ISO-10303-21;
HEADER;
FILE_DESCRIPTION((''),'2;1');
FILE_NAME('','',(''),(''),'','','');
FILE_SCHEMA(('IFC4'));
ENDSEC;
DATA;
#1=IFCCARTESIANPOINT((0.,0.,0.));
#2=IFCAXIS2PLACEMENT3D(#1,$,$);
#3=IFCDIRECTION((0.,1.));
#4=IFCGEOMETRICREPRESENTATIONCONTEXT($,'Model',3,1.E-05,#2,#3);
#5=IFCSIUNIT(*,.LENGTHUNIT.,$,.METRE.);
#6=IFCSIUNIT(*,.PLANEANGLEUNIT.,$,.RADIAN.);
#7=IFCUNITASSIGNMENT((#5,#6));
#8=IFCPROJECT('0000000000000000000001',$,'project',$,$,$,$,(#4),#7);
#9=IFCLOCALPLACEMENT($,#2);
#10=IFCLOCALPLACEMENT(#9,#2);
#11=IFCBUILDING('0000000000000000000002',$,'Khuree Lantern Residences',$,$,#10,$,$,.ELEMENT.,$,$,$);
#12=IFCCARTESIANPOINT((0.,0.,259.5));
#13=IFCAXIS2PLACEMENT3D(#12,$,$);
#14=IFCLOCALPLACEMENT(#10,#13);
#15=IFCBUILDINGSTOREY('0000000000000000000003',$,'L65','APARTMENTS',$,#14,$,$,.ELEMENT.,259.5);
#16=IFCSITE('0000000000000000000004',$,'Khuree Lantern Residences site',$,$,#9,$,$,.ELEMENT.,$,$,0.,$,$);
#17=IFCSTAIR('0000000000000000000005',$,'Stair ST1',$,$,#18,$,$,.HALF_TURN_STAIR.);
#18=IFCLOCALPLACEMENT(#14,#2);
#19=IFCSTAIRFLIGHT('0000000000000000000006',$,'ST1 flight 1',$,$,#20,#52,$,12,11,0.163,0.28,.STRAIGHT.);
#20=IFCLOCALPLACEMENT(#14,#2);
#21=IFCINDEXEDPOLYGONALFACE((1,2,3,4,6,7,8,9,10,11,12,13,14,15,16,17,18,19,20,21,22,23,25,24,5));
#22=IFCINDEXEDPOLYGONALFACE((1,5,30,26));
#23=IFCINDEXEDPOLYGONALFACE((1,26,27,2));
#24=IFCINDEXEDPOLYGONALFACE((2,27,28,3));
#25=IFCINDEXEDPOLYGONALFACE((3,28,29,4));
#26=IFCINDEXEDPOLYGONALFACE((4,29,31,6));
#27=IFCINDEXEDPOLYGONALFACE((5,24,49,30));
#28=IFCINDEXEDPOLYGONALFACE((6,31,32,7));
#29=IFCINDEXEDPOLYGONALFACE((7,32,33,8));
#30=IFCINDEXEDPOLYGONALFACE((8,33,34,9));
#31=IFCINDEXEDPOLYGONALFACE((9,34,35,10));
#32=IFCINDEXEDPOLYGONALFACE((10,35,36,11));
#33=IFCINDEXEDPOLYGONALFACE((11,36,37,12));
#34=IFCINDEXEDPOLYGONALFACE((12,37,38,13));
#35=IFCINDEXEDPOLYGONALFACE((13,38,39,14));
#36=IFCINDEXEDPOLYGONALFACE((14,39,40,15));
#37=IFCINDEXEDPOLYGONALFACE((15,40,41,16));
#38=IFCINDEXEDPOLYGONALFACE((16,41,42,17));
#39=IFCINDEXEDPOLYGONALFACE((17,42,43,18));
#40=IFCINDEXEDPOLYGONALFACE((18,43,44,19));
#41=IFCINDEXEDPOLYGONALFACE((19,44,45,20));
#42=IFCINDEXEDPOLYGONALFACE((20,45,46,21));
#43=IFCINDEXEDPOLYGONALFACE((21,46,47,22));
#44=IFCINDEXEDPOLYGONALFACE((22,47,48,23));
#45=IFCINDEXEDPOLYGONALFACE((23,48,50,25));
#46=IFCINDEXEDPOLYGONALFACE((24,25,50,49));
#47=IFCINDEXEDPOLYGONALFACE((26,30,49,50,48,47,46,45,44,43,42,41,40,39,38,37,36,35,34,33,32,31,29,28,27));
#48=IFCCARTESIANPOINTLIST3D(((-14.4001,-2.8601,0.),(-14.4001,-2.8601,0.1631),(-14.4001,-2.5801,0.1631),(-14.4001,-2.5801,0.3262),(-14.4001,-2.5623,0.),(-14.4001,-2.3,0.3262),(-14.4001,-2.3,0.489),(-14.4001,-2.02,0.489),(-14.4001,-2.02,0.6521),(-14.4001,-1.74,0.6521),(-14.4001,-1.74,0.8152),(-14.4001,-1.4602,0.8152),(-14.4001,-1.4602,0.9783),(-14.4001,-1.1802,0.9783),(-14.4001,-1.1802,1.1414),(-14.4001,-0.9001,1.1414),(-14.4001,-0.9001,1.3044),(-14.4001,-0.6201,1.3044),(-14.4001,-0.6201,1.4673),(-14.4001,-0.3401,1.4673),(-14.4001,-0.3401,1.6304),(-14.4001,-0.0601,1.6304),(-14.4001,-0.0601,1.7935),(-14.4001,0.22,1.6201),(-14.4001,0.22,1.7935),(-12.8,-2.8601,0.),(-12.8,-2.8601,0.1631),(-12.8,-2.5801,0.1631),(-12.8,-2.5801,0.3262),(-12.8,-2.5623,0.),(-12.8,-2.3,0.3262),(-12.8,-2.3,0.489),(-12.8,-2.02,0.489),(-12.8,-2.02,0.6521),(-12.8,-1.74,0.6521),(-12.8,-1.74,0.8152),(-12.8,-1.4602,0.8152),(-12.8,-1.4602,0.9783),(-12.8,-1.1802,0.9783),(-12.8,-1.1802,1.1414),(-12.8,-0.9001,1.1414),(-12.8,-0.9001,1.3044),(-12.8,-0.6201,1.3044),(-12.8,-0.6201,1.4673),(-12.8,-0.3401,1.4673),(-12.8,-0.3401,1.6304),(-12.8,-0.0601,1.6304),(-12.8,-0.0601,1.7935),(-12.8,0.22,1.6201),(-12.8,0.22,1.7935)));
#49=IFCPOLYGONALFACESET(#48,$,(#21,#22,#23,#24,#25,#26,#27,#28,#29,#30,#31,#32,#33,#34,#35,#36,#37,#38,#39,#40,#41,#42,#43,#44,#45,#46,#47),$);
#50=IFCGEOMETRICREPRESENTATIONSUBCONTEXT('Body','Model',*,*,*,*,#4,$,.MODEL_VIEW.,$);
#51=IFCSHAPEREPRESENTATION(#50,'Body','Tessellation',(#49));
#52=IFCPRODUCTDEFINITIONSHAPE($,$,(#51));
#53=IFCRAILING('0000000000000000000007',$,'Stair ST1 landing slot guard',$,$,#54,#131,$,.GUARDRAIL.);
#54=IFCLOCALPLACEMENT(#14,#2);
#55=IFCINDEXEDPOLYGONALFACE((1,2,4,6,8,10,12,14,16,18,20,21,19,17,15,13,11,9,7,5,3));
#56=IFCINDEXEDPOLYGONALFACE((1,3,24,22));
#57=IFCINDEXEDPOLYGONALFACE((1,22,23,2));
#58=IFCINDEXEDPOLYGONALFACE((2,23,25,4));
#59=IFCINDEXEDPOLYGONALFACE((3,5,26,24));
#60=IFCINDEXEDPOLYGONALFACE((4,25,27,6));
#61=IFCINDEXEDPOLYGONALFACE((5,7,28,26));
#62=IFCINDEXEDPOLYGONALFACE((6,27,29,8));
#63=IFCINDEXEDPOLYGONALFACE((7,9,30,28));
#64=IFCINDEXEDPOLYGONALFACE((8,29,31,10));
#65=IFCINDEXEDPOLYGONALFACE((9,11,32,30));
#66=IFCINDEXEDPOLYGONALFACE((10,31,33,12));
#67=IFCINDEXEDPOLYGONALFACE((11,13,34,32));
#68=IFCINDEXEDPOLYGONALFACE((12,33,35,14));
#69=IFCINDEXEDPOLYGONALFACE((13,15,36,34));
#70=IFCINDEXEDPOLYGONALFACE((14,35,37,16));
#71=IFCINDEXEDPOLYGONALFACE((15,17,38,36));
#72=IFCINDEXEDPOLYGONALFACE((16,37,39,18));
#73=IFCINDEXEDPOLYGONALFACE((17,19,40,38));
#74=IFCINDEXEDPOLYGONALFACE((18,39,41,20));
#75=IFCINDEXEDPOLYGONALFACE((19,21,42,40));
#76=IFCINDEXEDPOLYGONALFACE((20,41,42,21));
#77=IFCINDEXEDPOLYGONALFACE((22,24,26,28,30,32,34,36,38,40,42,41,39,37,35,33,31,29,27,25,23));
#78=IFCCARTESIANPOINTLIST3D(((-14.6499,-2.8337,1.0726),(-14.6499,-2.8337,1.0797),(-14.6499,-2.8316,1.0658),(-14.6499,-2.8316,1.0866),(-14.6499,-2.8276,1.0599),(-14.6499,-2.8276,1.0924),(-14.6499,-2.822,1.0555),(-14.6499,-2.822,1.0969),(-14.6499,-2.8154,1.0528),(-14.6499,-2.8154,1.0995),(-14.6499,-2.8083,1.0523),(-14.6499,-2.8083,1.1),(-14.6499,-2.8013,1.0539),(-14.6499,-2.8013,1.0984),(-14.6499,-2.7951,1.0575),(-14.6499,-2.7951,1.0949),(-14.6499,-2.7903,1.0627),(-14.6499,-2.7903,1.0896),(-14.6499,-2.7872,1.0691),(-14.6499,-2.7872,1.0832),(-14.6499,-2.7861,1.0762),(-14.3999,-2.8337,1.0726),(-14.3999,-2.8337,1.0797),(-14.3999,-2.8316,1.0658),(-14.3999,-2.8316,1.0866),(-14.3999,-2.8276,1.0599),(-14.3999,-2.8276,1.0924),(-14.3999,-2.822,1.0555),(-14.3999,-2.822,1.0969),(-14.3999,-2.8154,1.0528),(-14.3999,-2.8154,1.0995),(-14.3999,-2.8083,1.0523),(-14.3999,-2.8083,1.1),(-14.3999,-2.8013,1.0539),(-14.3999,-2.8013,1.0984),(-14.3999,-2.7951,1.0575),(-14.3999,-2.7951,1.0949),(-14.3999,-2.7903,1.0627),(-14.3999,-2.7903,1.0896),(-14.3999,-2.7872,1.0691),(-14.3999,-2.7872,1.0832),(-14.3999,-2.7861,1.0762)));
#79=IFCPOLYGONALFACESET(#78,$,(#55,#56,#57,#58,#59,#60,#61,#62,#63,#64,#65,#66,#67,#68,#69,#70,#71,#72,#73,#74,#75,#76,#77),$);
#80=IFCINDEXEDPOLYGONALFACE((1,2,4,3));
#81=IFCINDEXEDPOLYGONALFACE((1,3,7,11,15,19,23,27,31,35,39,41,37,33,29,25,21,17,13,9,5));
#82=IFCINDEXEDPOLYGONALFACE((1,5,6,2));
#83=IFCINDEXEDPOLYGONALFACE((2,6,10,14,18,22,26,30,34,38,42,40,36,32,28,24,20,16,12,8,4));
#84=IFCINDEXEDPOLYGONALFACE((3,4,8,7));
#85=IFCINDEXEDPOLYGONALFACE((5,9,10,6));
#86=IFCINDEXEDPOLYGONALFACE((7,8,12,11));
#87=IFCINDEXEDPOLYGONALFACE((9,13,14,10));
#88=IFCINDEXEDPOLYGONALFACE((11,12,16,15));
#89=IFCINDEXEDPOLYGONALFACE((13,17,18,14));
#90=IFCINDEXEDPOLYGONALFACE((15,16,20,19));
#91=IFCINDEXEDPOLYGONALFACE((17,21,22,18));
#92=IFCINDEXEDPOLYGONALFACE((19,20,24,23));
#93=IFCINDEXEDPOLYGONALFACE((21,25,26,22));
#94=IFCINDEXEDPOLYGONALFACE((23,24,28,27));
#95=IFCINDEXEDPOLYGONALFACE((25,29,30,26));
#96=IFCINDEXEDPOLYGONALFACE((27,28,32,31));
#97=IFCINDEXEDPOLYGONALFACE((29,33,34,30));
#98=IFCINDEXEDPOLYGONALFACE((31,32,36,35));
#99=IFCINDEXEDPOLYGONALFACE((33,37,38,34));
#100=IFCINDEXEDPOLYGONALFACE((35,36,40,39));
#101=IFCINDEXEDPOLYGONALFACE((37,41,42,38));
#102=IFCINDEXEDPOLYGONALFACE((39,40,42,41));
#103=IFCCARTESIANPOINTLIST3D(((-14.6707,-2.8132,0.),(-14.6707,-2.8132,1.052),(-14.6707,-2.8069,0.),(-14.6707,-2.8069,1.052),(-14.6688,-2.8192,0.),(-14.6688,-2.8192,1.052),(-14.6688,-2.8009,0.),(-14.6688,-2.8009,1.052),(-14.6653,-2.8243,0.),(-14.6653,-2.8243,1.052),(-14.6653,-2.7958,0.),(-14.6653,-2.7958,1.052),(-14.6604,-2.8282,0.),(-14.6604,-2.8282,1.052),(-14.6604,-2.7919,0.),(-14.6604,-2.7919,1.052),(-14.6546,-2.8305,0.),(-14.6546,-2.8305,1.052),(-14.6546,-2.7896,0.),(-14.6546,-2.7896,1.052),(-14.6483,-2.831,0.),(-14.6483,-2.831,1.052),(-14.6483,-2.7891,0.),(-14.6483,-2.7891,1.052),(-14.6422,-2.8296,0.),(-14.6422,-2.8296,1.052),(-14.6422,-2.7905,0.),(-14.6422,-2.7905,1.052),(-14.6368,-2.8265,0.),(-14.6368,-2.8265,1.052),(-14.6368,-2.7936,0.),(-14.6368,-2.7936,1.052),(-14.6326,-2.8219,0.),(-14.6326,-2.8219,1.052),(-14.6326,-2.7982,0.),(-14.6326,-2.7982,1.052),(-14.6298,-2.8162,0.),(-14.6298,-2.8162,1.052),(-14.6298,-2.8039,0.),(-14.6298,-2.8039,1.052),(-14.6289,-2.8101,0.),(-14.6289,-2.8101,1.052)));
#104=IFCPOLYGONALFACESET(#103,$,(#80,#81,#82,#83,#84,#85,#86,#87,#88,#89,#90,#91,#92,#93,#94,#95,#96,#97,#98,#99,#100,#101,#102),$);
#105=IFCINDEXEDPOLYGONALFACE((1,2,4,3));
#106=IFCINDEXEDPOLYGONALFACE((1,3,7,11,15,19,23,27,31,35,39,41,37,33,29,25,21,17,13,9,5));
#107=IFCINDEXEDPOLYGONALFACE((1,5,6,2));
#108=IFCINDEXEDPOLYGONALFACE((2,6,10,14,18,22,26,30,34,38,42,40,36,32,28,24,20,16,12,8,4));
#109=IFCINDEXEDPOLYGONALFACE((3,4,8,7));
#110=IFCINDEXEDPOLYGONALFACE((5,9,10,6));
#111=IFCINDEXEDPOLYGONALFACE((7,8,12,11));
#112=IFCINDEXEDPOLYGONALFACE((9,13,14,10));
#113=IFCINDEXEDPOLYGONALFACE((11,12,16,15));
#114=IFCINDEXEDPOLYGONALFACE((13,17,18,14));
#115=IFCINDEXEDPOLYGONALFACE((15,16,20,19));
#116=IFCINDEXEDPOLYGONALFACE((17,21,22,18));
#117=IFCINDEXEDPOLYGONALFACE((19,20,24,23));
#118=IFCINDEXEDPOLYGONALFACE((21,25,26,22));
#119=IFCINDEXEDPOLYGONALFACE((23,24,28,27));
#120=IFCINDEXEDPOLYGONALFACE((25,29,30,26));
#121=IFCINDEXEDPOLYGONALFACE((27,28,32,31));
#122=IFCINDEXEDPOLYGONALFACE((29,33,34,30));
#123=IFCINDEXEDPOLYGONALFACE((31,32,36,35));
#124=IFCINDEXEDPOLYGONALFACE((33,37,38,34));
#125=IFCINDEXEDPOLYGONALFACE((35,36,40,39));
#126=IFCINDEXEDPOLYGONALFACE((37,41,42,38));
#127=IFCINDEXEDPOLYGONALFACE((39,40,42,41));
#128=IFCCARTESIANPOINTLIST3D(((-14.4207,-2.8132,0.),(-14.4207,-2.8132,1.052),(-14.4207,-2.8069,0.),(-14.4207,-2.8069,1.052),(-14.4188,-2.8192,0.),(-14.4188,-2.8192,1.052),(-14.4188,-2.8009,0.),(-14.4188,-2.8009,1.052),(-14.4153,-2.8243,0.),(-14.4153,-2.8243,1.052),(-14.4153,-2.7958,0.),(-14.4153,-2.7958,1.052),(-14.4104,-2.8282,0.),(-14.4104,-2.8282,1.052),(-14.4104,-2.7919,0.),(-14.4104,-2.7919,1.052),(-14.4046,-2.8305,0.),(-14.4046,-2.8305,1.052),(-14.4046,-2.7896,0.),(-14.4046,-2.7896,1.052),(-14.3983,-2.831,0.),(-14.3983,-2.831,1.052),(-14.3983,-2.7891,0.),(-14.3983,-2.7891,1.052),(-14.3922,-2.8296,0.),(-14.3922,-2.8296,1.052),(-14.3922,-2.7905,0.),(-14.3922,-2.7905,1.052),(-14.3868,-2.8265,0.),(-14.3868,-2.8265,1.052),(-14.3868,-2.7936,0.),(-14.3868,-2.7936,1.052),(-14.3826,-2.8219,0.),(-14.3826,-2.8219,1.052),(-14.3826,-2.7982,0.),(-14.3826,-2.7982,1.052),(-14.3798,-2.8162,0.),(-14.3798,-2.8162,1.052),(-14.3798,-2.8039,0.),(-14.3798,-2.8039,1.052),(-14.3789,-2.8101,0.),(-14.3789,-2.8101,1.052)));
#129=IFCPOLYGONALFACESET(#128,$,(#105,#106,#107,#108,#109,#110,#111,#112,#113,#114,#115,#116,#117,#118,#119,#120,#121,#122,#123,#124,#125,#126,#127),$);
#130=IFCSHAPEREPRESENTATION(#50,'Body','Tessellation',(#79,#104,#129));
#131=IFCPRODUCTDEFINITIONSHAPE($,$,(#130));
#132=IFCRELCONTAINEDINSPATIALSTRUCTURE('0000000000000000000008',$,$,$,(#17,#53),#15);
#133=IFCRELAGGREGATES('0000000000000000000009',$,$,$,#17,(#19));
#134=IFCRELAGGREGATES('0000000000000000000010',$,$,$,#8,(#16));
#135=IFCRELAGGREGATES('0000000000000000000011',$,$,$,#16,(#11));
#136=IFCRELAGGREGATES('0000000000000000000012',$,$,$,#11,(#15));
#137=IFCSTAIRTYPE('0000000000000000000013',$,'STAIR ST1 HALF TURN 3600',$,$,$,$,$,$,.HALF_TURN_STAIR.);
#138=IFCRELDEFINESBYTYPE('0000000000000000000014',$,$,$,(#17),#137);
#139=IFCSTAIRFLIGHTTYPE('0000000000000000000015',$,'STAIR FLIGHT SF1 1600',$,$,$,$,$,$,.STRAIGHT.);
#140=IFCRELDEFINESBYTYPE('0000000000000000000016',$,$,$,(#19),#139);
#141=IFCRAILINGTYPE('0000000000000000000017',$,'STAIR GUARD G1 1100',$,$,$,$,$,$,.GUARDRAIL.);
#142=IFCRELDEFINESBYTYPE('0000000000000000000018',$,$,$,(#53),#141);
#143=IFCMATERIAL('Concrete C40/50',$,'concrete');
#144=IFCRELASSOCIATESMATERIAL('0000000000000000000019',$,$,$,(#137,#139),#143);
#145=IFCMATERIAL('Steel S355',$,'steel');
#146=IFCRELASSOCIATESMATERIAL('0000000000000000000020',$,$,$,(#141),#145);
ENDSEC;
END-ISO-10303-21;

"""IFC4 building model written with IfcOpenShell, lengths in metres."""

from ifc_helpers import new_model, si_unit, direction, frame, origin, origin_2d, place, context, subcontext, project, spatial, polyline, circle, outline, extrude, material, type_object, element, aggregate, save


model = new_model("IFC4")

# Units and contexts
model_context = context("Model", 3, precision=1e-05, world=origin(), true_north=direction((0.0, 1.0)))
body_context = subcontext(model_context, "Body", "Model", "MODEL_VIEW")
ifc_project = project(units=[si_unit("LENGTHUNIT", "METRE"), si_unit("PLANEANGLEUNIT", "RADIAN")], contexts=[model_context])

# Site, building, storey
site_placement = place(None, origin())
site = spatial("IfcSite", under=ifc_project, at=site_placement, Name="Khuree Lantern Residences site", CompositionType="ELEMENT", RefElevation=0.0)
building_placement = place(site_placement, origin())
building = spatial("IfcBuilding", under=site, at=building_placement, Name="Khuree Lantern Residences", CompositionType="ELEMENT")
storey_placement = place(building_placement, frame((0.0, 0.0, 259.5)))
storey = spatial("IfcBuildingStorey", under=building, at=storey_placement, Name="L65", Description="APARTMENTS", CompositionType="ELEMENT", Elevation=259.5)

# Stair, stair flight
ifc_material_1 = material(Name="Concrete C40/50", Category="concrete")
stair_type = type_object("IfcStairType", Name="STAIR ST1 HALF TURN 3600", PredefinedType="HALF_TURN_STAIR", material=ifc_material_1)
stair_placement = place(storey_placement, origin())
stair = element("IfcStair", 1, at=stair_placement, inside=storey, type_object=stair_type, Name="Stair ST1", PredefinedType="HALF_TURN_STAIR")
stair_flight_type = type_object("IfcStairFlightType", Name="STAIR FLIGHT SF1 1600", PredefinedType="STRAIGHT", material=ifc_material_1)
stair_flight_placement = place(storey_placement, frame((-13.6001, -2.8601, 0.0), z_axis=(0.0, 0.0, 1.0), x_axis=(0.0, 1.0, 0.0)))
stair_flight = element("IfcStairFlight", 2, at=stair_flight_placement, type_object=stair_flight_type, Name="ST1 flight 1", NumberOfRisers=12, NumberOfTreads=11, PredefinedType="STRAIGHT", RiserHeight=0.163, TreadLength=0.28, context=body_context, shape_type="SweptSolid", body=[
    extrude(outline(polyline([(0.0, 0.0), (0.0, 0.1631), (0.28, 0.1631), (0.28, 0.3262), (0.5601, 0.3262), (0.5601, 0.489), (0.8401, 0.489), (0.8401, 0.6521), (1.1201, 0.6521), (1.1201, 0.8152), (1.3999, 0.8152), (1.3999, 0.9783), (1.6799, 0.9783), (1.6799, 1.1414), (1.96, 1.1414), (1.96, 1.3044), (2.24, 1.3044), (2.24, 1.4673), (2.52, 1.4673), (2.52, 1.6304), (2.8, 1.6304), (2.8, 1.7935), (3.0801, 1.7935), (3.0801, 1.9565), (3.0801, 1.6201), (0.2979, 0.0), (0.0, 0.0)])), frame((0.0, 0.8, 0.0), z_axis=(0.0, -1.0, 0.0), x_axis=(1.0, 0.0, 0.0)), (0.0, 0.0, 1.0), 1.6001),
])
aggregate(stair, [stair_flight])

# Railing
ifc_material_2 = material(Name="Steel S355", Category="steel")
railing_type_1 = type_object("IfcRailingType", Name="STAIR GUARD G1 1100", PredefinedType="GUARDRAIL", material=ifc_material_2)
railing_1_placement = place(storey_placement, frame((-14.6499, -2.8101, 0.0)))
element("IfcRailing", 3, at=railing_1_placement, inside=storey, type_object=railing_type_1, Name="Stair ST1 landing slot guard", PredefinedType="GUARDRAIL", context=body_context, shape_type="SweptSolid", body=[
    extrude(circle(Radius=0.0239, at=origin_2d()), frame((0.0, 0.0, 1.0762), z_axis=(1.0, 0.0, 0.0), x_axis=(0.0, 1.0, 0.0)), (0.0, 0.0, 1.0), 0.25),
    extrude(circle(Radius=0.021, at=origin_2d()), origin(), (0.0, 0.0, 1.0), 1.052),
    extrude(circle(Radius=0.021, at=origin_2d()), frame((0.25, 0.0, 0.0)), (0.0, 0.0, 1.0), 1.052),
])

save(model, "model.ifc")
